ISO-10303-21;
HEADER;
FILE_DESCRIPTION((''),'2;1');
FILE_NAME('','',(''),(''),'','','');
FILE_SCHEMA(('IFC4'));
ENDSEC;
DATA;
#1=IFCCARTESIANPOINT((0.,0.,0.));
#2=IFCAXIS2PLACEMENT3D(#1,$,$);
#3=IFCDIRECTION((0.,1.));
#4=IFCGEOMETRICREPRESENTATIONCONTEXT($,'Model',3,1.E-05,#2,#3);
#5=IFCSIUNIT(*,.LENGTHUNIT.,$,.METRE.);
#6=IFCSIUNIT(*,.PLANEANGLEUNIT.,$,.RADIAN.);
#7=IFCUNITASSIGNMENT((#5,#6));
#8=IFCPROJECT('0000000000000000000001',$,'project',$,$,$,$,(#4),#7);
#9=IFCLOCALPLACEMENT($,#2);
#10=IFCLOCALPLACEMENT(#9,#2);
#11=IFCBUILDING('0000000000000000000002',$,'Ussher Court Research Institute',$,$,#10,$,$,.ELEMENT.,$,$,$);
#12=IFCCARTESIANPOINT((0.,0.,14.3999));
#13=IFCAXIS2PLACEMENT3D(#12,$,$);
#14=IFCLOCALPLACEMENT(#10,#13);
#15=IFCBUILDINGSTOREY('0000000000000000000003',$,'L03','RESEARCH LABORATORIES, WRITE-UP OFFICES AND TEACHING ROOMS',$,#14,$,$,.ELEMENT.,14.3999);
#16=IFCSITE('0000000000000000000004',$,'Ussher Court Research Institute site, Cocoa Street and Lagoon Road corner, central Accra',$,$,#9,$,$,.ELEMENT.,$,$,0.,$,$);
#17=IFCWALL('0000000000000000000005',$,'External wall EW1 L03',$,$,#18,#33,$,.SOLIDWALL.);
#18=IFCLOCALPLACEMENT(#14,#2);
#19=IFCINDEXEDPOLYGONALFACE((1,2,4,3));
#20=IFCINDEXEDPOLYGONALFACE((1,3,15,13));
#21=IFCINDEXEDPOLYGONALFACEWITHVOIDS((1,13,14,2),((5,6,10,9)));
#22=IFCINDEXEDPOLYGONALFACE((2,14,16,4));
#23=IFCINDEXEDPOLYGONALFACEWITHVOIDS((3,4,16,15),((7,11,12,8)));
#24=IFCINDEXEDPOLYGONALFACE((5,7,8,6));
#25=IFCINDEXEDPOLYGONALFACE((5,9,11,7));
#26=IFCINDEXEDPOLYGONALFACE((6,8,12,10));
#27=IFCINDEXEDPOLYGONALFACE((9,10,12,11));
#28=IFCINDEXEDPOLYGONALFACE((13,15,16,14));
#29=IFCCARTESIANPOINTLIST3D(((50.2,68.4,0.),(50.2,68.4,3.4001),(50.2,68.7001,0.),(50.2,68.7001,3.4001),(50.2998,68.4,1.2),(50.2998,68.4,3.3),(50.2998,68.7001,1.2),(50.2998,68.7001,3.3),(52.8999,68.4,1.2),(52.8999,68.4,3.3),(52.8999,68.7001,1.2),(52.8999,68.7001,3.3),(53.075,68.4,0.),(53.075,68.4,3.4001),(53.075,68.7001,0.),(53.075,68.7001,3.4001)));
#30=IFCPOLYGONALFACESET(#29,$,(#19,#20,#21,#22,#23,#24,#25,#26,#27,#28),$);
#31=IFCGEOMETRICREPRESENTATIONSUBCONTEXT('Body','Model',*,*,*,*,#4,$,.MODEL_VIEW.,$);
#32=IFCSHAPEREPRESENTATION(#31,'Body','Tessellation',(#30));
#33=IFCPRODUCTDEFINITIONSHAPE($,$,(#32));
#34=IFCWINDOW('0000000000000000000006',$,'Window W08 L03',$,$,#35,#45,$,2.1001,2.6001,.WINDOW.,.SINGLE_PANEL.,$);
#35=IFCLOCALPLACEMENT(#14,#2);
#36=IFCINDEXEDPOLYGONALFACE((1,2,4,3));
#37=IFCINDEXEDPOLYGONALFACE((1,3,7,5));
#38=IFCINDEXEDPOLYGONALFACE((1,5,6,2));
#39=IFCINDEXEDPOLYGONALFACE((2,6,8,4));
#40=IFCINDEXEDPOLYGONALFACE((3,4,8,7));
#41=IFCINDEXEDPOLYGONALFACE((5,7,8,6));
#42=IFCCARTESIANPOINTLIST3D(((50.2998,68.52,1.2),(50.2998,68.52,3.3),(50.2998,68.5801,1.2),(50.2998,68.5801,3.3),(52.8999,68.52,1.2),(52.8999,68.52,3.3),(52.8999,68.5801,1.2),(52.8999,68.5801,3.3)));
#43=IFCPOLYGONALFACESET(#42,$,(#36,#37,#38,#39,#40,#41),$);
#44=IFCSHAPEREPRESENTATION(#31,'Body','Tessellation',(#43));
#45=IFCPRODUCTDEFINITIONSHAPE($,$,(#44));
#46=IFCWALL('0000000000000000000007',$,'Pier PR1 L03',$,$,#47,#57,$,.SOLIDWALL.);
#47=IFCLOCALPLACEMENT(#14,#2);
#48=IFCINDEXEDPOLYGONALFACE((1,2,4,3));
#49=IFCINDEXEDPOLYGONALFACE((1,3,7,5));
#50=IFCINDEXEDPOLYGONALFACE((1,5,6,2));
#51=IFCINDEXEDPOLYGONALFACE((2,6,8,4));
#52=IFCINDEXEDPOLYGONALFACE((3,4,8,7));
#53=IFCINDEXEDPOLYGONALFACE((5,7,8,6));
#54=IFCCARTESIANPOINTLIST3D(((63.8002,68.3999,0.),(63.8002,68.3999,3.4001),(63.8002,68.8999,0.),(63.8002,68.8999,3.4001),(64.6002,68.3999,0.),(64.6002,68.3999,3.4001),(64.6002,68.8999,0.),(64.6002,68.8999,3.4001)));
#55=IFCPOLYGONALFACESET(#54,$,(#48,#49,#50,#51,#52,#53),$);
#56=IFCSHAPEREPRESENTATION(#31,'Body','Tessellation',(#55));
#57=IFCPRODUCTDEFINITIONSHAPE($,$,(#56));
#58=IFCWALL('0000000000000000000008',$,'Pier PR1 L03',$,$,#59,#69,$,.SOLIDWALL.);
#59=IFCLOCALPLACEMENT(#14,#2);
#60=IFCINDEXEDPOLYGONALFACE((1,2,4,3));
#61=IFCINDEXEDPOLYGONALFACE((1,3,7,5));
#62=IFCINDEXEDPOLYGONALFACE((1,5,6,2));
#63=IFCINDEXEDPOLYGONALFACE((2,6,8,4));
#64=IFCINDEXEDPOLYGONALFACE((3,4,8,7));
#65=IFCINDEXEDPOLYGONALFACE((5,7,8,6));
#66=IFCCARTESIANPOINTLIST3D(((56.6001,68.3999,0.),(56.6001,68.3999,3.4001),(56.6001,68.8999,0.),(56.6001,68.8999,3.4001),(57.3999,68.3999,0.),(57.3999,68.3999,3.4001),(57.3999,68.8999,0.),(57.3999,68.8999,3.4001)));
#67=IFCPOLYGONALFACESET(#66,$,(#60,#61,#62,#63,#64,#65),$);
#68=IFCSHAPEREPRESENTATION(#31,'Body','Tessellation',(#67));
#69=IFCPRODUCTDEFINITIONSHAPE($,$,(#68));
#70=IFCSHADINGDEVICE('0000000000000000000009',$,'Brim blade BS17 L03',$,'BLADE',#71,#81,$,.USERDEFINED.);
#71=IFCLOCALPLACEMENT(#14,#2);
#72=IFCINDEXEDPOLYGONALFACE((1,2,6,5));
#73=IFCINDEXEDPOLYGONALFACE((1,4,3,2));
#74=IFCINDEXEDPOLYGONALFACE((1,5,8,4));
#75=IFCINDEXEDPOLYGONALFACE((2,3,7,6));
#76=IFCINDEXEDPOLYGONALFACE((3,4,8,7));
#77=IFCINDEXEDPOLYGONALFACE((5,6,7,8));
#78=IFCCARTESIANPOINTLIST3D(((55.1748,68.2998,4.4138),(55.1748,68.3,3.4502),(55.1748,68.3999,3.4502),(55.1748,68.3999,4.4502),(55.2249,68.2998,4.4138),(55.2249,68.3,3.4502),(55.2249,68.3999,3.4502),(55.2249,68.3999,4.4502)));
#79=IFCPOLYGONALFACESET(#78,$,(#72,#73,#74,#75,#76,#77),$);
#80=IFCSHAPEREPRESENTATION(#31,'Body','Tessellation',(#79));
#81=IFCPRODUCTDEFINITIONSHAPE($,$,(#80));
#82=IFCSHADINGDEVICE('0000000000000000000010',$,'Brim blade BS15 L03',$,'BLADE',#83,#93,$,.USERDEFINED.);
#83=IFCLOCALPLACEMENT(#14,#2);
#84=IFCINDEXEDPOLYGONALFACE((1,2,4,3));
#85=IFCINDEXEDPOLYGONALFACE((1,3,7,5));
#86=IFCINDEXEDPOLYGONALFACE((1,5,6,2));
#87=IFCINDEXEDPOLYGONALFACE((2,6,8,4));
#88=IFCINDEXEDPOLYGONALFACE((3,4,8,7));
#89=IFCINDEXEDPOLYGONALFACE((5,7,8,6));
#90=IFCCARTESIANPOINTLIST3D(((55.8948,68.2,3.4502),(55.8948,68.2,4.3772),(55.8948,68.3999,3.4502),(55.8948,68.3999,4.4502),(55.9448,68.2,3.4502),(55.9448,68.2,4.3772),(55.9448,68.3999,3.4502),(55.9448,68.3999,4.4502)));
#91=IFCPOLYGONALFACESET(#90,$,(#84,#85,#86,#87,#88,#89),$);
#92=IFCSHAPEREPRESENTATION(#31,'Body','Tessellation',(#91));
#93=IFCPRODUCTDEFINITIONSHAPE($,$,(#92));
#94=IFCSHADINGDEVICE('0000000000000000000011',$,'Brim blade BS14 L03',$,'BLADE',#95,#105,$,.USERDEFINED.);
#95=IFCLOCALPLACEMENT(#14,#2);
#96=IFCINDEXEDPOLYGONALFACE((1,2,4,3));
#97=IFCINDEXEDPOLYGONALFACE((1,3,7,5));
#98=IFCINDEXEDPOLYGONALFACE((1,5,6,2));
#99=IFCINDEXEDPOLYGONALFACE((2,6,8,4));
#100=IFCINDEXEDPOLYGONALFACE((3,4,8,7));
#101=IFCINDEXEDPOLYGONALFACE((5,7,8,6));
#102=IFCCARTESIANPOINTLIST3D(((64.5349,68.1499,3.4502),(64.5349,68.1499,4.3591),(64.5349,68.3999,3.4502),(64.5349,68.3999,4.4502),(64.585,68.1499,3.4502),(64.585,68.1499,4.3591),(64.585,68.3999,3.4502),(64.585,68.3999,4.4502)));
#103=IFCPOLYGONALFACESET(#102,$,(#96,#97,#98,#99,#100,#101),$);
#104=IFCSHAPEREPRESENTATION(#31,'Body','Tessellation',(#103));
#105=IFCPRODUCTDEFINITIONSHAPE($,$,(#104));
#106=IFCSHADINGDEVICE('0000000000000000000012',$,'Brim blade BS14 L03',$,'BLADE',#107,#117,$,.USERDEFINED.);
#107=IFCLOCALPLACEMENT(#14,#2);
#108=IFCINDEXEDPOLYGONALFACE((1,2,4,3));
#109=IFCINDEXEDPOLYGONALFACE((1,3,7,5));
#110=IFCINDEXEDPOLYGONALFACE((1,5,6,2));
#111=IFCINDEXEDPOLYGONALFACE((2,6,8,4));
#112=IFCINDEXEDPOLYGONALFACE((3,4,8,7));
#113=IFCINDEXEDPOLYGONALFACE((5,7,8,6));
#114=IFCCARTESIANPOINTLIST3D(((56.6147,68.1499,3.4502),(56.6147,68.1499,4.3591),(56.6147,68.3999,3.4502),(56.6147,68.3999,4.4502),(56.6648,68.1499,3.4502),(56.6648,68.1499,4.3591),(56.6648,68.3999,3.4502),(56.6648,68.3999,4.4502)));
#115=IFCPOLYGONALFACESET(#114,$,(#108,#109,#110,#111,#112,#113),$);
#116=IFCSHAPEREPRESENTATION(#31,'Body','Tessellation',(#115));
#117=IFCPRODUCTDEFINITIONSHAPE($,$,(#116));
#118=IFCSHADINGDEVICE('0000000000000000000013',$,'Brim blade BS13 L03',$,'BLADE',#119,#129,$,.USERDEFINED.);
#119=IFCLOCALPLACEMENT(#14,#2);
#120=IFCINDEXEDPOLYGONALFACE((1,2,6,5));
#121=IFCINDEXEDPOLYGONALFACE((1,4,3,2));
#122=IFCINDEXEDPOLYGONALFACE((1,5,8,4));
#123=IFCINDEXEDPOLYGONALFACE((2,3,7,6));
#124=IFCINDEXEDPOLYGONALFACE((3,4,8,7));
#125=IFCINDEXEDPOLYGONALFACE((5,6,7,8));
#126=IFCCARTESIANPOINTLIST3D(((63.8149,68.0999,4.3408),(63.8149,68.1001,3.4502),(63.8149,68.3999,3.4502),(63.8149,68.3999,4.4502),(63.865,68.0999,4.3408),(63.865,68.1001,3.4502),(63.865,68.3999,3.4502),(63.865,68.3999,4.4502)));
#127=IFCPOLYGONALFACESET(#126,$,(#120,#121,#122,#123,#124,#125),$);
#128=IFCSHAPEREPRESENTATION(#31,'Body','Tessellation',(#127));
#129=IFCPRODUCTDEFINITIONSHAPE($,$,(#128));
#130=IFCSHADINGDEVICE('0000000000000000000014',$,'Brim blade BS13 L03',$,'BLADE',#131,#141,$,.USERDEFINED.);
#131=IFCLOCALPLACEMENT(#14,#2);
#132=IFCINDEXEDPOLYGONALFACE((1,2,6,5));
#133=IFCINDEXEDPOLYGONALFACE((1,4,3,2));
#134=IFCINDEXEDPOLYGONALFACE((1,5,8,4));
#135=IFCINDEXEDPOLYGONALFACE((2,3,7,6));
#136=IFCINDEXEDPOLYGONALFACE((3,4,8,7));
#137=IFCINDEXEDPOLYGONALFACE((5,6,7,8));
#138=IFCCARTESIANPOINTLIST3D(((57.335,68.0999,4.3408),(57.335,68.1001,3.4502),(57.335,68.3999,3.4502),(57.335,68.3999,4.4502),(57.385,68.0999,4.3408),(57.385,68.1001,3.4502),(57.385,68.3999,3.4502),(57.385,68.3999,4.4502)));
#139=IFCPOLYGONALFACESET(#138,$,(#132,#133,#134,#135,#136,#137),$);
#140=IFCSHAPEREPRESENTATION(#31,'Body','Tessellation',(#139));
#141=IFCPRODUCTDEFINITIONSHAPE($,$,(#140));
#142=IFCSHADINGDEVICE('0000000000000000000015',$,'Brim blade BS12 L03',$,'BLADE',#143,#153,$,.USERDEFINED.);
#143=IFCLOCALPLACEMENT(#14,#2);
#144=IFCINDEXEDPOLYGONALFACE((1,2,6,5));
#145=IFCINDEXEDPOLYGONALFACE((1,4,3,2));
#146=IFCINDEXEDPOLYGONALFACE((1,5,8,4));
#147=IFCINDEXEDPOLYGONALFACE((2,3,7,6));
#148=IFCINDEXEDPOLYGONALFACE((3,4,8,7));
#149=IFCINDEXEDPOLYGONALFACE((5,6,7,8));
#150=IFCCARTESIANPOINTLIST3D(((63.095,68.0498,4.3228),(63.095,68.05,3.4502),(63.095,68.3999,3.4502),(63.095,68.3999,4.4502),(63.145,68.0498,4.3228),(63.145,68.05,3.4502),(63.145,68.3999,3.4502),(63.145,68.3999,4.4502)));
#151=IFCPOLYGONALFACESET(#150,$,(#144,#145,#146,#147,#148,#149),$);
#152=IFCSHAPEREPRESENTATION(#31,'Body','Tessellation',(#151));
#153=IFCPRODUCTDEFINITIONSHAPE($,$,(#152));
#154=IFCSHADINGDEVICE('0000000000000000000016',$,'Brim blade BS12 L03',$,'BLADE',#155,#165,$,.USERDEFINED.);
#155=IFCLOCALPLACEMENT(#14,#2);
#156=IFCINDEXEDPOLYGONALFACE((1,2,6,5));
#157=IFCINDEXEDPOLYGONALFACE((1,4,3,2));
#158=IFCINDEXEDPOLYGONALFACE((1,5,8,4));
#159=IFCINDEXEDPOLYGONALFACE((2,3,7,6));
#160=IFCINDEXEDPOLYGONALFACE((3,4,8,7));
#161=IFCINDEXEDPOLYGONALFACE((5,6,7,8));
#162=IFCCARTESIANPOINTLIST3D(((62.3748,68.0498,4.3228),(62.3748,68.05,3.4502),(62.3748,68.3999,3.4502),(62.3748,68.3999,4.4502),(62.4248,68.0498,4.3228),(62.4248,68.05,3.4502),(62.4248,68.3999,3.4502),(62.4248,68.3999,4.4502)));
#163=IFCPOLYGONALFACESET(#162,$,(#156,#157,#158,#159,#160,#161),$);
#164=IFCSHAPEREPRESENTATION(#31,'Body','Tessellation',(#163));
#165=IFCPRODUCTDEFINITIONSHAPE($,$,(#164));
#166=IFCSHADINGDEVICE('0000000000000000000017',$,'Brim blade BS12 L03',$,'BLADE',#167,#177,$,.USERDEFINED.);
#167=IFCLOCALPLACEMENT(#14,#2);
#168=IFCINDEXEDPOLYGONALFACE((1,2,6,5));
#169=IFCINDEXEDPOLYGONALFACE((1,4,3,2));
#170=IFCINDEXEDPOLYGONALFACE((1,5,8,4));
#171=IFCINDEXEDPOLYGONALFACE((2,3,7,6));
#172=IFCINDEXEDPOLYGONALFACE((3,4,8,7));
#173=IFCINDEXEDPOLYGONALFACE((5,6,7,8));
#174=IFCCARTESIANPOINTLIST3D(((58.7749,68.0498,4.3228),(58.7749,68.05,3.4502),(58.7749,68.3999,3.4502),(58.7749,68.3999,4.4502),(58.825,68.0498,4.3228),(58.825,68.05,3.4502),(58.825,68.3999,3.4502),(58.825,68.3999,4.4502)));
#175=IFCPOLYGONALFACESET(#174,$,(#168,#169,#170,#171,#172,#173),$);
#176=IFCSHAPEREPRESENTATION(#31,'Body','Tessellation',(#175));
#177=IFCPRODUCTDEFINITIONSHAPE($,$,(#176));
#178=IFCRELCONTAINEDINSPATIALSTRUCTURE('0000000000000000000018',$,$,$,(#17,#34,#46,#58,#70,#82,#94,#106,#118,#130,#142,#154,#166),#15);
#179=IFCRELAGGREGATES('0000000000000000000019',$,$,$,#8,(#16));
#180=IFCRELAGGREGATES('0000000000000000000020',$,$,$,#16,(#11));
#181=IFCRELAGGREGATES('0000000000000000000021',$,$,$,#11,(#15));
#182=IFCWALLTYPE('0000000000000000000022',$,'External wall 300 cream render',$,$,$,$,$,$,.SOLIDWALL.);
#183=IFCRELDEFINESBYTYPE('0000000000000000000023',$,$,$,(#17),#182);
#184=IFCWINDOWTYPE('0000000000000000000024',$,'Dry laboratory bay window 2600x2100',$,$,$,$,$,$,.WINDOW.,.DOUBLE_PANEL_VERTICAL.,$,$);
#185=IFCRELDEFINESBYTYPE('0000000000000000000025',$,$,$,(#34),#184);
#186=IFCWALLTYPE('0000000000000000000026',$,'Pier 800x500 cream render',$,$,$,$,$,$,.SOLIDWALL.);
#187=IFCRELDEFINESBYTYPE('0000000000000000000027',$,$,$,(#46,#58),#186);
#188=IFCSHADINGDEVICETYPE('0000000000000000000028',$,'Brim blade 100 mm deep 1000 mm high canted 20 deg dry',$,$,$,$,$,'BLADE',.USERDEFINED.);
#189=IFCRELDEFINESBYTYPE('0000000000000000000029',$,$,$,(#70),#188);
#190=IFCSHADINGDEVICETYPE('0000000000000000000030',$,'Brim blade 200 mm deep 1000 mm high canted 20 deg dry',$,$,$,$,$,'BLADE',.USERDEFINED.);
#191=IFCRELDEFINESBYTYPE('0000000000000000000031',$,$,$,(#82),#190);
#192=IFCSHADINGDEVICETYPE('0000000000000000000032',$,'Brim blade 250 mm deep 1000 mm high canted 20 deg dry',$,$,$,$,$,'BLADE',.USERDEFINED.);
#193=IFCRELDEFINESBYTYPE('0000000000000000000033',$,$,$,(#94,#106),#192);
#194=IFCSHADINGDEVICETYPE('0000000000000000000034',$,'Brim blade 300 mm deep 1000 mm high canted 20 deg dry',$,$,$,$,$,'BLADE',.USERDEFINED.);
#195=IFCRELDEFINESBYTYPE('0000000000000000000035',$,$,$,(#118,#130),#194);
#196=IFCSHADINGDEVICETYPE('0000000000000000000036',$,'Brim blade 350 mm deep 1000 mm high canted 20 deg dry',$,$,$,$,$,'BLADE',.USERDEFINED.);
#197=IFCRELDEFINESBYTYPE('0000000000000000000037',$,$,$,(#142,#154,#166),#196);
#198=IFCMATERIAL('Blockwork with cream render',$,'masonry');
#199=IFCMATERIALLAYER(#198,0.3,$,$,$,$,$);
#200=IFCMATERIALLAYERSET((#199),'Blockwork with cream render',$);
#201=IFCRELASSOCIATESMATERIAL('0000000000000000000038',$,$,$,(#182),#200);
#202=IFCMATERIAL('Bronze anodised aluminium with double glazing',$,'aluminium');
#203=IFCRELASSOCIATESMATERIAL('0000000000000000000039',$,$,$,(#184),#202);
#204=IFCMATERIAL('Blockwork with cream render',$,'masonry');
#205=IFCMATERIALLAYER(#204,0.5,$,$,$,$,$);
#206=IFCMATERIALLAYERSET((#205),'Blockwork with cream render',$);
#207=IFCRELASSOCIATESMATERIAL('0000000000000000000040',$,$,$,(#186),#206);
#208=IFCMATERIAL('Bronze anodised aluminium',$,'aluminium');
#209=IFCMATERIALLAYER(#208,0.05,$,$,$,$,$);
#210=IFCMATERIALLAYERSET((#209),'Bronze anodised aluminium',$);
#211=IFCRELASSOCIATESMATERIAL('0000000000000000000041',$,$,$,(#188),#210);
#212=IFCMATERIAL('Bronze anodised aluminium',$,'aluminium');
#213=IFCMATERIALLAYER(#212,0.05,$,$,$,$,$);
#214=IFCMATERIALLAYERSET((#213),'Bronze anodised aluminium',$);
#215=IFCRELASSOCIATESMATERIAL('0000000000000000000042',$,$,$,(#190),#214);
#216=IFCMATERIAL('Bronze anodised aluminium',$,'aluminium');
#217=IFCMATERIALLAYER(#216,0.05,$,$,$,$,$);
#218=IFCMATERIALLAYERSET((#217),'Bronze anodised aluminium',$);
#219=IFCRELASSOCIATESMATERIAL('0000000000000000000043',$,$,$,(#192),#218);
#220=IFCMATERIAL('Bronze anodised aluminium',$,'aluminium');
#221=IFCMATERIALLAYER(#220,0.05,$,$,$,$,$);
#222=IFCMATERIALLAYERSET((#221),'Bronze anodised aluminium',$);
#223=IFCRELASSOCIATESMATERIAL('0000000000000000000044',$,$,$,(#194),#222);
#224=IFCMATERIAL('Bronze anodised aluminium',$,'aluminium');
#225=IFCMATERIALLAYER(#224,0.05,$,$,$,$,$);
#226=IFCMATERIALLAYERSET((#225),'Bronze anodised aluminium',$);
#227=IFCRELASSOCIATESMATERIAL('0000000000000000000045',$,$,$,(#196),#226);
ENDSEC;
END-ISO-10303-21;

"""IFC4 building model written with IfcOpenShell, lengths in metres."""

from ifc_helpers import new_model, si_unit, direction, frame, frame_2d, origin, place, context, subcontext, project, spatial, polyline, rectangle, outline, extrude, material, layer, layer_set, type_object, element, fill, save


model = new_model("IFC4")

# Units and contexts
model_context = context("Model", 3, precision=1e-05, world=origin(), true_north=direction((0.0, 1.0)))
body_context = subcontext(model_context, "Body", "Model", "MODEL_VIEW")
ifc_project = project(units=[si_unit("LENGTHUNIT", "METRE"), si_unit("PLANEANGLEUNIT", "RADIAN")], contexts=[model_context])

# Site, building, storey
site_placement = place(None, origin())
site = spatial("IfcSite", under=ifc_project, at=site_placement, Name="Ussher Court Research Institute site, Cocoa Street and Lagoon Road corner, central Accra", CompositionType="ELEMENT", RefElevation=0.0)
building_placement = place(site_placement, origin())
building = spatial("IfcBuilding", under=site, at=building_placement, Name="Ussher Court Research Institute", CompositionType="ELEMENT")
storey_placement = place(building_placement, frame((0.0, 0.0, 14.3999)))
storey = spatial("IfcBuildingStorey", under=building, at=storey_placement, Name="L03", Description="RESEARCH LABORATORIES, WRITE-UP OFFICES AND TEACHING ROOMS", CompositionType="ELEMENT", Elevation=14.3999)

# Wall, opening, window
ifc_material_1 = material(Name="Blockwork with cream render", Category="masonry")
ifc_layer_1 = layer(ifc_material_1, 0.3)
ifc_layer_set_1 = layer_set([ifc_layer_1], Name="Blockwork with cream render")
wall_type_1 = type_object("IfcWallType", Name="External wall 300 cream render", PredefinedType="SOLIDWALL", material=ifc_layer_set_1)
ifc_material_2 = material(Name="Bronze anodised aluminium with double glazing", Category="aluminium")
window_type = type_object("IfcWindowType", Name="Dry laboratory bay window 2600x2100", PartitioningType="DOUBLE_PANEL_VERTICAL", PredefinedType="WINDOW", material=ifc_material_2)
wall_1_placement = place(storey_placement, frame((53.075, 68.55, 0.0), z_axis=(0.0, 0.0, 1.0), x_axis=(-1.0, 0.0, 0.0)))
wall_1 = element("IfcWall", 1, at=wall_1_placement, inside=storey, type_object=wall_type_1, Name="External wall EW1 L03", PredefinedType="SOLIDWALL", context=body_context, shape_type="SweptSolid", body=[
    extrude(rectangle(XDim=2.875, YDim=0.3, at=frame_2d((1.4375, 0.0))), origin(), (0.0, 0.0, 1.0), 3.4001),
])
opening_1_placement = place(wall_1_placement, frame((0.175, 0.0, 1.2)))
opening_1 = element("IfcOpeningElement", 2, at=opening_1_placement, cuts=wall_1, PredefinedType="OPENING", context=body_context, shape_type="SweptSolid", body=[
    extrude(rectangle(XDim=2.6001, YDim=2.1001, at=frame_2d((1.3, 1.05))), frame((0.0, 0.1602, 0.0), z_axis=(0.0, -1.0, 0.0), x_axis=(1.0, 0.0, 0.0)), (0.0, 0.0, 1.0), 0.3201),
])
window_1_placement = place(opening_1_placement, origin())
window_1 = element("IfcWindow", 3, at=window_1_placement, inside=storey, type_object=window_type, Name="Window W08 L03", OverallHeight=2.1001, OverallWidth=2.6001, PartitioningType="SINGLE_PANEL", PredefinedType="WINDOW", context=body_context, shape_type="SweptSolid", body=[
    extrude(rectangle(XDim=2.6001, YDim=2.1001, at=frame_2d((1.3, 1.05))), frame((0.0, 0.03, 0.0), z_axis=(0.0, -1.0, 0.0), x_axis=(1.0, 0.0, 0.0)), (0.0, 0.0, 1.0), 0.0601),
])
fill(opening_1, window_1)

# Walls
ifc_material_3 = material(Name="Blockwork with cream render", Category="masonry")
ifc_layer_2 = layer(ifc_material_3, 0.5)
ifc_layer_set_2 = layer_set([ifc_layer_2], Name="Blockwork with cream render")
wall_type_2 = type_object("IfcWallType", Name="Pier 800x500 cream render", PredefinedType="SOLIDWALL", material=ifc_layer_set_2)
wall_2_placement = place(storey_placement, frame((64.6001, 68.6499, 0.0), z_axis=(0.0, 0.0, 1.0), x_axis=(-1.0, 0.0, 0.0)))
element("IfcWall", 4, at=wall_2_placement, inside=storey, type_object=wall_type_2, Name="Pier PR1 L03", PredefinedType="SOLIDWALL", context=body_context, shape_type="SweptSolid", body=[
    extrude(rectangle(XDim=0.8, YDim=0.5, at=frame_2d((0.3999, 0.0))), origin(), (0.0, 0.0, 1.0), 3.4001),
])
wall_3_placement = place(storey_placement, frame((57.3999, 68.6499, 0.0), z_axis=(0.0, 0.0, 1.0), x_axis=(-1.0, 0.0, 0.0)))
element("IfcWall", 5, at=wall_3_placement, inside=storey, type_object=wall_type_2, Name="Pier PR1 L03", PredefinedType="SOLIDWALL", context=body_context, shape_type="SweptSolid", body=[
    extrude(rectangle(XDim=0.7998, YDim=0.5, at=frame_2d((0.3999, 0.0))), origin(), (0.0, 0.0, 1.0), 3.4001),
])

# Shading devices
ifc_material_4 = material(Name="Bronze anodised aluminium", Category="aluminium")
ifc_layer_3 = layer(ifc_material_4, 0.05)
ifc_layer_set_3 = layer_set([ifc_layer_3], Name="Bronze anodised aluminium")
shading_device_type_1 = type_object("IfcShadingDeviceType", Name="Brim blade 100 mm deep 1000 mm high canted 20 deg dry", ElementType="BLADE", PredefinedType="USERDEFINED", material=ifc_layer_set_3)
shading_device_1_placement = place(storey_placement, frame((55.2, 68.3999, 3.4502), z_axis=(0.0, 0.0, 1.0), x_axis=(0.0, -1.0, 0.0)))
element("IfcShadingDevice", 6, at=shading_device_1_placement, inside=storey, type_object=shading_device_type_1, Name="Brim blade BS17 L03", ObjectType="BLADE", PredefinedType="USERDEFINED", context=body_context, shape_type="SweptSolid", body=[
    extrude(outline(polyline([(0.0, 0.0), (0.0999, 0.0), (0.1001, 0.9636), (0.0, 1.0), (0.0, 0.0)])), frame((0.0, 0.0249, 0.0), z_axis=(0.0, -1.0, 0.0), x_axis=(1.0, 0.0, 0.0)), (0.0, 0.0, 1.0), 0.05),
])
ifc_material_5 = material(Name="Bronze anodised aluminium", Category="aluminium")
ifc_layer_4 = layer(ifc_material_5, 0.05)
ifc_layer_set_4 = layer_set([ifc_layer_4], Name="Bronze anodised aluminium")
shading_device_type_2 = type_object("IfcShadingDeviceType", Name="Brim blade 200 mm deep 1000 mm high canted 20 deg dry", ElementType="BLADE", PredefinedType="USERDEFINED", material=ifc_layer_set_4)
shading_device_2_placement = place(storey_placement, frame((55.9199, 68.3999, 3.4502), z_axis=(0.0, 0.0, 1.0), x_axis=(0.0, -1.0, 0.0)))
element("IfcShadingDevice", 7, at=shading_device_2_placement, inside=storey, type_object=shading_device_type_2, Name="Brim blade BS15 L03", ObjectType="BLADE", PredefinedType="USERDEFINED", context=body_context, shape_type="SweptSolid", body=[
    extrude(outline(polyline([(0.0, 0.0), (0.2, 0.0), (0.2, 0.927), (0.0, 1.0), (0.0, 0.0)])), frame((0.0, 0.0249, 0.0), z_axis=(0.0, -1.0, 0.0), x_axis=(1.0, 0.0, 0.0)), (0.0, 0.0, 1.0), 0.05),
])
ifc_material_6 = material(Name="Bronze anodised aluminium", Category="aluminium")
ifc_layer_5 = layer(ifc_material_6, 0.05)
ifc_layer_set_5 = layer_set([ifc_layer_5], Name="Bronze anodised aluminium")
shading_device_type_3 = type_object("IfcShadingDeviceType", Name="Brim blade 250 mm deep 1000 mm high canted 20 deg dry", ElementType="BLADE", PredefinedType="USERDEFINED", material=ifc_layer_set_5)
for number, where, z_axis, x_axis, name in (
    (8, (64.5601, 68.3999, 3.4502), (0.0, 0.0, 1.0), (0.0, -1.0, 0.0), "Brim blade BS14 L03"),
    (9, (56.6399, 68.3999, 3.4502), (0.0, 0.0, 1.0), (0.0, -1.0, 0.0), "Brim blade BS14 L03"),
):
    element("IfcShadingDevice", number, at=place(storey_placement, frame(where, z_axis=z_axis, x_axis=x_axis)), inside=storey, type_object=shading_device_type_3, Name=name, ObjectType="BLADE", PredefinedType="USERDEFINED", context=body_context, shape_type="SweptSolid", body=[
        extrude(outline(polyline([(0.0, 0.0), (0.25, 0.0), (0.25, 0.9089), (0.0, 1.0), (0.0, 0.0)])), frame((0.0, 0.0249, 0.0), z_axis=(0.0, -1.0, 0.0), x_axis=(1.0, 0.0, 0.0)), (0.0, 0.0, 1.0), 0.05),
    ])
ifc_material_7 = material(Name="Bronze anodised aluminium", Category="aluminium")
ifc_layer_6 = layer(ifc_material_7, 0.05)
ifc_layer_set_6 = layer_set([ifc_layer_6], Name="Bronze anodised aluminium")
shading_device_type_4 = type_object("IfcShadingDeviceType", Name="Brim blade 300 mm deep 1000 mm high canted 20 deg dry", ElementType="BLADE", PredefinedType="USERDEFINED", material=ifc_layer_set_6)
for number, where, z_axis, x_axis, name in (
    (10, (63.8401, 68.3999, 3.4502), (0.0, 0.0, 1.0), (0.0, -1.0, 0.0), "Brim blade BS13 L03"),
    (11, (57.3601, 68.3999, 3.4502), (0.0, 0.0, 1.0), (0.0, -1.0, 0.0), "Brim blade BS13 L03"),
):
    element("IfcShadingDevice", number, at=place(storey_placement, frame(where, z_axis=z_axis, x_axis=x_axis)), inside=storey, type_object=shading_device_type_4, Name=name, ObjectType="BLADE", PredefinedType="USERDEFINED", context=body_context, shape_type="SweptSolid", body=[
        extrude(outline(polyline([(0.0, 0.0), (0.2998, 0.0), (0.3, 0.8906), (0.0, 1.0), (0.0, 0.0)])), frame((0.0, 0.0249, 0.0), z_axis=(0.0, -1.0, 0.0), x_axis=(1.0, 0.0, 0.0)), (0.0, 0.0, 1.0), 0.05),
    ])
ifc_material_8 = material(Name="Bronze anodised aluminium", Category="aluminium")
ifc_layer_7 = layer(ifc_material_8, 0.05)
ifc_layer_set_7 = layer_set([ifc_layer_7], Name="Bronze anodised aluminium")
shading_device_type_5 = type_object("IfcShadingDeviceType", Name="Brim blade 350 mm deep 1000 mm high canted 20 deg dry", ElementType="BLADE", PredefinedType="USERDEFINED", material=ifc_layer_set_7)
for number, where, z_axis, x_axis, name in (
    (12, (63.1201, 68.3999, 3.4502), (0.0, 0.0, 1.0), (0.0, -1.0, 0.0), "Brim blade BS12 L03"),
    (13, (62.3999, 68.3999, 3.4502), (0.0, 0.0, 1.0), (0.0, -1.0, 0.0), "Brim blade BS12 L03"),
    (14, (58.8, 68.3999, 3.4502), (0.0, 0.0, 1.0), (0.0, -1.0, 0.0), "Brim blade BS12 L03"),
):
    element("IfcShadingDevice", number, at=place(storey_placement, frame(where, z_axis=z_axis, x_axis=x_axis)), inside=storey, type_object=shading_device_type_5, Name=name, ObjectType="BLADE", PredefinedType="USERDEFINED", context=body_context, shape_type="SweptSolid", body=[
        extrude(outline(polyline([(0.0, 0.0), (0.3499, 0.0), (0.3501, 0.8726), (0.0, 1.0), (0.0, 0.0)])), frame((0.0, 0.0249, 0.0), z_axis=(0.0, -1.0, 0.0), x_axis=(1.0, 0.0, 0.0)), (0.0, 0.0, 1.0), 0.05),
    ])

save(model, "model.ifc")
